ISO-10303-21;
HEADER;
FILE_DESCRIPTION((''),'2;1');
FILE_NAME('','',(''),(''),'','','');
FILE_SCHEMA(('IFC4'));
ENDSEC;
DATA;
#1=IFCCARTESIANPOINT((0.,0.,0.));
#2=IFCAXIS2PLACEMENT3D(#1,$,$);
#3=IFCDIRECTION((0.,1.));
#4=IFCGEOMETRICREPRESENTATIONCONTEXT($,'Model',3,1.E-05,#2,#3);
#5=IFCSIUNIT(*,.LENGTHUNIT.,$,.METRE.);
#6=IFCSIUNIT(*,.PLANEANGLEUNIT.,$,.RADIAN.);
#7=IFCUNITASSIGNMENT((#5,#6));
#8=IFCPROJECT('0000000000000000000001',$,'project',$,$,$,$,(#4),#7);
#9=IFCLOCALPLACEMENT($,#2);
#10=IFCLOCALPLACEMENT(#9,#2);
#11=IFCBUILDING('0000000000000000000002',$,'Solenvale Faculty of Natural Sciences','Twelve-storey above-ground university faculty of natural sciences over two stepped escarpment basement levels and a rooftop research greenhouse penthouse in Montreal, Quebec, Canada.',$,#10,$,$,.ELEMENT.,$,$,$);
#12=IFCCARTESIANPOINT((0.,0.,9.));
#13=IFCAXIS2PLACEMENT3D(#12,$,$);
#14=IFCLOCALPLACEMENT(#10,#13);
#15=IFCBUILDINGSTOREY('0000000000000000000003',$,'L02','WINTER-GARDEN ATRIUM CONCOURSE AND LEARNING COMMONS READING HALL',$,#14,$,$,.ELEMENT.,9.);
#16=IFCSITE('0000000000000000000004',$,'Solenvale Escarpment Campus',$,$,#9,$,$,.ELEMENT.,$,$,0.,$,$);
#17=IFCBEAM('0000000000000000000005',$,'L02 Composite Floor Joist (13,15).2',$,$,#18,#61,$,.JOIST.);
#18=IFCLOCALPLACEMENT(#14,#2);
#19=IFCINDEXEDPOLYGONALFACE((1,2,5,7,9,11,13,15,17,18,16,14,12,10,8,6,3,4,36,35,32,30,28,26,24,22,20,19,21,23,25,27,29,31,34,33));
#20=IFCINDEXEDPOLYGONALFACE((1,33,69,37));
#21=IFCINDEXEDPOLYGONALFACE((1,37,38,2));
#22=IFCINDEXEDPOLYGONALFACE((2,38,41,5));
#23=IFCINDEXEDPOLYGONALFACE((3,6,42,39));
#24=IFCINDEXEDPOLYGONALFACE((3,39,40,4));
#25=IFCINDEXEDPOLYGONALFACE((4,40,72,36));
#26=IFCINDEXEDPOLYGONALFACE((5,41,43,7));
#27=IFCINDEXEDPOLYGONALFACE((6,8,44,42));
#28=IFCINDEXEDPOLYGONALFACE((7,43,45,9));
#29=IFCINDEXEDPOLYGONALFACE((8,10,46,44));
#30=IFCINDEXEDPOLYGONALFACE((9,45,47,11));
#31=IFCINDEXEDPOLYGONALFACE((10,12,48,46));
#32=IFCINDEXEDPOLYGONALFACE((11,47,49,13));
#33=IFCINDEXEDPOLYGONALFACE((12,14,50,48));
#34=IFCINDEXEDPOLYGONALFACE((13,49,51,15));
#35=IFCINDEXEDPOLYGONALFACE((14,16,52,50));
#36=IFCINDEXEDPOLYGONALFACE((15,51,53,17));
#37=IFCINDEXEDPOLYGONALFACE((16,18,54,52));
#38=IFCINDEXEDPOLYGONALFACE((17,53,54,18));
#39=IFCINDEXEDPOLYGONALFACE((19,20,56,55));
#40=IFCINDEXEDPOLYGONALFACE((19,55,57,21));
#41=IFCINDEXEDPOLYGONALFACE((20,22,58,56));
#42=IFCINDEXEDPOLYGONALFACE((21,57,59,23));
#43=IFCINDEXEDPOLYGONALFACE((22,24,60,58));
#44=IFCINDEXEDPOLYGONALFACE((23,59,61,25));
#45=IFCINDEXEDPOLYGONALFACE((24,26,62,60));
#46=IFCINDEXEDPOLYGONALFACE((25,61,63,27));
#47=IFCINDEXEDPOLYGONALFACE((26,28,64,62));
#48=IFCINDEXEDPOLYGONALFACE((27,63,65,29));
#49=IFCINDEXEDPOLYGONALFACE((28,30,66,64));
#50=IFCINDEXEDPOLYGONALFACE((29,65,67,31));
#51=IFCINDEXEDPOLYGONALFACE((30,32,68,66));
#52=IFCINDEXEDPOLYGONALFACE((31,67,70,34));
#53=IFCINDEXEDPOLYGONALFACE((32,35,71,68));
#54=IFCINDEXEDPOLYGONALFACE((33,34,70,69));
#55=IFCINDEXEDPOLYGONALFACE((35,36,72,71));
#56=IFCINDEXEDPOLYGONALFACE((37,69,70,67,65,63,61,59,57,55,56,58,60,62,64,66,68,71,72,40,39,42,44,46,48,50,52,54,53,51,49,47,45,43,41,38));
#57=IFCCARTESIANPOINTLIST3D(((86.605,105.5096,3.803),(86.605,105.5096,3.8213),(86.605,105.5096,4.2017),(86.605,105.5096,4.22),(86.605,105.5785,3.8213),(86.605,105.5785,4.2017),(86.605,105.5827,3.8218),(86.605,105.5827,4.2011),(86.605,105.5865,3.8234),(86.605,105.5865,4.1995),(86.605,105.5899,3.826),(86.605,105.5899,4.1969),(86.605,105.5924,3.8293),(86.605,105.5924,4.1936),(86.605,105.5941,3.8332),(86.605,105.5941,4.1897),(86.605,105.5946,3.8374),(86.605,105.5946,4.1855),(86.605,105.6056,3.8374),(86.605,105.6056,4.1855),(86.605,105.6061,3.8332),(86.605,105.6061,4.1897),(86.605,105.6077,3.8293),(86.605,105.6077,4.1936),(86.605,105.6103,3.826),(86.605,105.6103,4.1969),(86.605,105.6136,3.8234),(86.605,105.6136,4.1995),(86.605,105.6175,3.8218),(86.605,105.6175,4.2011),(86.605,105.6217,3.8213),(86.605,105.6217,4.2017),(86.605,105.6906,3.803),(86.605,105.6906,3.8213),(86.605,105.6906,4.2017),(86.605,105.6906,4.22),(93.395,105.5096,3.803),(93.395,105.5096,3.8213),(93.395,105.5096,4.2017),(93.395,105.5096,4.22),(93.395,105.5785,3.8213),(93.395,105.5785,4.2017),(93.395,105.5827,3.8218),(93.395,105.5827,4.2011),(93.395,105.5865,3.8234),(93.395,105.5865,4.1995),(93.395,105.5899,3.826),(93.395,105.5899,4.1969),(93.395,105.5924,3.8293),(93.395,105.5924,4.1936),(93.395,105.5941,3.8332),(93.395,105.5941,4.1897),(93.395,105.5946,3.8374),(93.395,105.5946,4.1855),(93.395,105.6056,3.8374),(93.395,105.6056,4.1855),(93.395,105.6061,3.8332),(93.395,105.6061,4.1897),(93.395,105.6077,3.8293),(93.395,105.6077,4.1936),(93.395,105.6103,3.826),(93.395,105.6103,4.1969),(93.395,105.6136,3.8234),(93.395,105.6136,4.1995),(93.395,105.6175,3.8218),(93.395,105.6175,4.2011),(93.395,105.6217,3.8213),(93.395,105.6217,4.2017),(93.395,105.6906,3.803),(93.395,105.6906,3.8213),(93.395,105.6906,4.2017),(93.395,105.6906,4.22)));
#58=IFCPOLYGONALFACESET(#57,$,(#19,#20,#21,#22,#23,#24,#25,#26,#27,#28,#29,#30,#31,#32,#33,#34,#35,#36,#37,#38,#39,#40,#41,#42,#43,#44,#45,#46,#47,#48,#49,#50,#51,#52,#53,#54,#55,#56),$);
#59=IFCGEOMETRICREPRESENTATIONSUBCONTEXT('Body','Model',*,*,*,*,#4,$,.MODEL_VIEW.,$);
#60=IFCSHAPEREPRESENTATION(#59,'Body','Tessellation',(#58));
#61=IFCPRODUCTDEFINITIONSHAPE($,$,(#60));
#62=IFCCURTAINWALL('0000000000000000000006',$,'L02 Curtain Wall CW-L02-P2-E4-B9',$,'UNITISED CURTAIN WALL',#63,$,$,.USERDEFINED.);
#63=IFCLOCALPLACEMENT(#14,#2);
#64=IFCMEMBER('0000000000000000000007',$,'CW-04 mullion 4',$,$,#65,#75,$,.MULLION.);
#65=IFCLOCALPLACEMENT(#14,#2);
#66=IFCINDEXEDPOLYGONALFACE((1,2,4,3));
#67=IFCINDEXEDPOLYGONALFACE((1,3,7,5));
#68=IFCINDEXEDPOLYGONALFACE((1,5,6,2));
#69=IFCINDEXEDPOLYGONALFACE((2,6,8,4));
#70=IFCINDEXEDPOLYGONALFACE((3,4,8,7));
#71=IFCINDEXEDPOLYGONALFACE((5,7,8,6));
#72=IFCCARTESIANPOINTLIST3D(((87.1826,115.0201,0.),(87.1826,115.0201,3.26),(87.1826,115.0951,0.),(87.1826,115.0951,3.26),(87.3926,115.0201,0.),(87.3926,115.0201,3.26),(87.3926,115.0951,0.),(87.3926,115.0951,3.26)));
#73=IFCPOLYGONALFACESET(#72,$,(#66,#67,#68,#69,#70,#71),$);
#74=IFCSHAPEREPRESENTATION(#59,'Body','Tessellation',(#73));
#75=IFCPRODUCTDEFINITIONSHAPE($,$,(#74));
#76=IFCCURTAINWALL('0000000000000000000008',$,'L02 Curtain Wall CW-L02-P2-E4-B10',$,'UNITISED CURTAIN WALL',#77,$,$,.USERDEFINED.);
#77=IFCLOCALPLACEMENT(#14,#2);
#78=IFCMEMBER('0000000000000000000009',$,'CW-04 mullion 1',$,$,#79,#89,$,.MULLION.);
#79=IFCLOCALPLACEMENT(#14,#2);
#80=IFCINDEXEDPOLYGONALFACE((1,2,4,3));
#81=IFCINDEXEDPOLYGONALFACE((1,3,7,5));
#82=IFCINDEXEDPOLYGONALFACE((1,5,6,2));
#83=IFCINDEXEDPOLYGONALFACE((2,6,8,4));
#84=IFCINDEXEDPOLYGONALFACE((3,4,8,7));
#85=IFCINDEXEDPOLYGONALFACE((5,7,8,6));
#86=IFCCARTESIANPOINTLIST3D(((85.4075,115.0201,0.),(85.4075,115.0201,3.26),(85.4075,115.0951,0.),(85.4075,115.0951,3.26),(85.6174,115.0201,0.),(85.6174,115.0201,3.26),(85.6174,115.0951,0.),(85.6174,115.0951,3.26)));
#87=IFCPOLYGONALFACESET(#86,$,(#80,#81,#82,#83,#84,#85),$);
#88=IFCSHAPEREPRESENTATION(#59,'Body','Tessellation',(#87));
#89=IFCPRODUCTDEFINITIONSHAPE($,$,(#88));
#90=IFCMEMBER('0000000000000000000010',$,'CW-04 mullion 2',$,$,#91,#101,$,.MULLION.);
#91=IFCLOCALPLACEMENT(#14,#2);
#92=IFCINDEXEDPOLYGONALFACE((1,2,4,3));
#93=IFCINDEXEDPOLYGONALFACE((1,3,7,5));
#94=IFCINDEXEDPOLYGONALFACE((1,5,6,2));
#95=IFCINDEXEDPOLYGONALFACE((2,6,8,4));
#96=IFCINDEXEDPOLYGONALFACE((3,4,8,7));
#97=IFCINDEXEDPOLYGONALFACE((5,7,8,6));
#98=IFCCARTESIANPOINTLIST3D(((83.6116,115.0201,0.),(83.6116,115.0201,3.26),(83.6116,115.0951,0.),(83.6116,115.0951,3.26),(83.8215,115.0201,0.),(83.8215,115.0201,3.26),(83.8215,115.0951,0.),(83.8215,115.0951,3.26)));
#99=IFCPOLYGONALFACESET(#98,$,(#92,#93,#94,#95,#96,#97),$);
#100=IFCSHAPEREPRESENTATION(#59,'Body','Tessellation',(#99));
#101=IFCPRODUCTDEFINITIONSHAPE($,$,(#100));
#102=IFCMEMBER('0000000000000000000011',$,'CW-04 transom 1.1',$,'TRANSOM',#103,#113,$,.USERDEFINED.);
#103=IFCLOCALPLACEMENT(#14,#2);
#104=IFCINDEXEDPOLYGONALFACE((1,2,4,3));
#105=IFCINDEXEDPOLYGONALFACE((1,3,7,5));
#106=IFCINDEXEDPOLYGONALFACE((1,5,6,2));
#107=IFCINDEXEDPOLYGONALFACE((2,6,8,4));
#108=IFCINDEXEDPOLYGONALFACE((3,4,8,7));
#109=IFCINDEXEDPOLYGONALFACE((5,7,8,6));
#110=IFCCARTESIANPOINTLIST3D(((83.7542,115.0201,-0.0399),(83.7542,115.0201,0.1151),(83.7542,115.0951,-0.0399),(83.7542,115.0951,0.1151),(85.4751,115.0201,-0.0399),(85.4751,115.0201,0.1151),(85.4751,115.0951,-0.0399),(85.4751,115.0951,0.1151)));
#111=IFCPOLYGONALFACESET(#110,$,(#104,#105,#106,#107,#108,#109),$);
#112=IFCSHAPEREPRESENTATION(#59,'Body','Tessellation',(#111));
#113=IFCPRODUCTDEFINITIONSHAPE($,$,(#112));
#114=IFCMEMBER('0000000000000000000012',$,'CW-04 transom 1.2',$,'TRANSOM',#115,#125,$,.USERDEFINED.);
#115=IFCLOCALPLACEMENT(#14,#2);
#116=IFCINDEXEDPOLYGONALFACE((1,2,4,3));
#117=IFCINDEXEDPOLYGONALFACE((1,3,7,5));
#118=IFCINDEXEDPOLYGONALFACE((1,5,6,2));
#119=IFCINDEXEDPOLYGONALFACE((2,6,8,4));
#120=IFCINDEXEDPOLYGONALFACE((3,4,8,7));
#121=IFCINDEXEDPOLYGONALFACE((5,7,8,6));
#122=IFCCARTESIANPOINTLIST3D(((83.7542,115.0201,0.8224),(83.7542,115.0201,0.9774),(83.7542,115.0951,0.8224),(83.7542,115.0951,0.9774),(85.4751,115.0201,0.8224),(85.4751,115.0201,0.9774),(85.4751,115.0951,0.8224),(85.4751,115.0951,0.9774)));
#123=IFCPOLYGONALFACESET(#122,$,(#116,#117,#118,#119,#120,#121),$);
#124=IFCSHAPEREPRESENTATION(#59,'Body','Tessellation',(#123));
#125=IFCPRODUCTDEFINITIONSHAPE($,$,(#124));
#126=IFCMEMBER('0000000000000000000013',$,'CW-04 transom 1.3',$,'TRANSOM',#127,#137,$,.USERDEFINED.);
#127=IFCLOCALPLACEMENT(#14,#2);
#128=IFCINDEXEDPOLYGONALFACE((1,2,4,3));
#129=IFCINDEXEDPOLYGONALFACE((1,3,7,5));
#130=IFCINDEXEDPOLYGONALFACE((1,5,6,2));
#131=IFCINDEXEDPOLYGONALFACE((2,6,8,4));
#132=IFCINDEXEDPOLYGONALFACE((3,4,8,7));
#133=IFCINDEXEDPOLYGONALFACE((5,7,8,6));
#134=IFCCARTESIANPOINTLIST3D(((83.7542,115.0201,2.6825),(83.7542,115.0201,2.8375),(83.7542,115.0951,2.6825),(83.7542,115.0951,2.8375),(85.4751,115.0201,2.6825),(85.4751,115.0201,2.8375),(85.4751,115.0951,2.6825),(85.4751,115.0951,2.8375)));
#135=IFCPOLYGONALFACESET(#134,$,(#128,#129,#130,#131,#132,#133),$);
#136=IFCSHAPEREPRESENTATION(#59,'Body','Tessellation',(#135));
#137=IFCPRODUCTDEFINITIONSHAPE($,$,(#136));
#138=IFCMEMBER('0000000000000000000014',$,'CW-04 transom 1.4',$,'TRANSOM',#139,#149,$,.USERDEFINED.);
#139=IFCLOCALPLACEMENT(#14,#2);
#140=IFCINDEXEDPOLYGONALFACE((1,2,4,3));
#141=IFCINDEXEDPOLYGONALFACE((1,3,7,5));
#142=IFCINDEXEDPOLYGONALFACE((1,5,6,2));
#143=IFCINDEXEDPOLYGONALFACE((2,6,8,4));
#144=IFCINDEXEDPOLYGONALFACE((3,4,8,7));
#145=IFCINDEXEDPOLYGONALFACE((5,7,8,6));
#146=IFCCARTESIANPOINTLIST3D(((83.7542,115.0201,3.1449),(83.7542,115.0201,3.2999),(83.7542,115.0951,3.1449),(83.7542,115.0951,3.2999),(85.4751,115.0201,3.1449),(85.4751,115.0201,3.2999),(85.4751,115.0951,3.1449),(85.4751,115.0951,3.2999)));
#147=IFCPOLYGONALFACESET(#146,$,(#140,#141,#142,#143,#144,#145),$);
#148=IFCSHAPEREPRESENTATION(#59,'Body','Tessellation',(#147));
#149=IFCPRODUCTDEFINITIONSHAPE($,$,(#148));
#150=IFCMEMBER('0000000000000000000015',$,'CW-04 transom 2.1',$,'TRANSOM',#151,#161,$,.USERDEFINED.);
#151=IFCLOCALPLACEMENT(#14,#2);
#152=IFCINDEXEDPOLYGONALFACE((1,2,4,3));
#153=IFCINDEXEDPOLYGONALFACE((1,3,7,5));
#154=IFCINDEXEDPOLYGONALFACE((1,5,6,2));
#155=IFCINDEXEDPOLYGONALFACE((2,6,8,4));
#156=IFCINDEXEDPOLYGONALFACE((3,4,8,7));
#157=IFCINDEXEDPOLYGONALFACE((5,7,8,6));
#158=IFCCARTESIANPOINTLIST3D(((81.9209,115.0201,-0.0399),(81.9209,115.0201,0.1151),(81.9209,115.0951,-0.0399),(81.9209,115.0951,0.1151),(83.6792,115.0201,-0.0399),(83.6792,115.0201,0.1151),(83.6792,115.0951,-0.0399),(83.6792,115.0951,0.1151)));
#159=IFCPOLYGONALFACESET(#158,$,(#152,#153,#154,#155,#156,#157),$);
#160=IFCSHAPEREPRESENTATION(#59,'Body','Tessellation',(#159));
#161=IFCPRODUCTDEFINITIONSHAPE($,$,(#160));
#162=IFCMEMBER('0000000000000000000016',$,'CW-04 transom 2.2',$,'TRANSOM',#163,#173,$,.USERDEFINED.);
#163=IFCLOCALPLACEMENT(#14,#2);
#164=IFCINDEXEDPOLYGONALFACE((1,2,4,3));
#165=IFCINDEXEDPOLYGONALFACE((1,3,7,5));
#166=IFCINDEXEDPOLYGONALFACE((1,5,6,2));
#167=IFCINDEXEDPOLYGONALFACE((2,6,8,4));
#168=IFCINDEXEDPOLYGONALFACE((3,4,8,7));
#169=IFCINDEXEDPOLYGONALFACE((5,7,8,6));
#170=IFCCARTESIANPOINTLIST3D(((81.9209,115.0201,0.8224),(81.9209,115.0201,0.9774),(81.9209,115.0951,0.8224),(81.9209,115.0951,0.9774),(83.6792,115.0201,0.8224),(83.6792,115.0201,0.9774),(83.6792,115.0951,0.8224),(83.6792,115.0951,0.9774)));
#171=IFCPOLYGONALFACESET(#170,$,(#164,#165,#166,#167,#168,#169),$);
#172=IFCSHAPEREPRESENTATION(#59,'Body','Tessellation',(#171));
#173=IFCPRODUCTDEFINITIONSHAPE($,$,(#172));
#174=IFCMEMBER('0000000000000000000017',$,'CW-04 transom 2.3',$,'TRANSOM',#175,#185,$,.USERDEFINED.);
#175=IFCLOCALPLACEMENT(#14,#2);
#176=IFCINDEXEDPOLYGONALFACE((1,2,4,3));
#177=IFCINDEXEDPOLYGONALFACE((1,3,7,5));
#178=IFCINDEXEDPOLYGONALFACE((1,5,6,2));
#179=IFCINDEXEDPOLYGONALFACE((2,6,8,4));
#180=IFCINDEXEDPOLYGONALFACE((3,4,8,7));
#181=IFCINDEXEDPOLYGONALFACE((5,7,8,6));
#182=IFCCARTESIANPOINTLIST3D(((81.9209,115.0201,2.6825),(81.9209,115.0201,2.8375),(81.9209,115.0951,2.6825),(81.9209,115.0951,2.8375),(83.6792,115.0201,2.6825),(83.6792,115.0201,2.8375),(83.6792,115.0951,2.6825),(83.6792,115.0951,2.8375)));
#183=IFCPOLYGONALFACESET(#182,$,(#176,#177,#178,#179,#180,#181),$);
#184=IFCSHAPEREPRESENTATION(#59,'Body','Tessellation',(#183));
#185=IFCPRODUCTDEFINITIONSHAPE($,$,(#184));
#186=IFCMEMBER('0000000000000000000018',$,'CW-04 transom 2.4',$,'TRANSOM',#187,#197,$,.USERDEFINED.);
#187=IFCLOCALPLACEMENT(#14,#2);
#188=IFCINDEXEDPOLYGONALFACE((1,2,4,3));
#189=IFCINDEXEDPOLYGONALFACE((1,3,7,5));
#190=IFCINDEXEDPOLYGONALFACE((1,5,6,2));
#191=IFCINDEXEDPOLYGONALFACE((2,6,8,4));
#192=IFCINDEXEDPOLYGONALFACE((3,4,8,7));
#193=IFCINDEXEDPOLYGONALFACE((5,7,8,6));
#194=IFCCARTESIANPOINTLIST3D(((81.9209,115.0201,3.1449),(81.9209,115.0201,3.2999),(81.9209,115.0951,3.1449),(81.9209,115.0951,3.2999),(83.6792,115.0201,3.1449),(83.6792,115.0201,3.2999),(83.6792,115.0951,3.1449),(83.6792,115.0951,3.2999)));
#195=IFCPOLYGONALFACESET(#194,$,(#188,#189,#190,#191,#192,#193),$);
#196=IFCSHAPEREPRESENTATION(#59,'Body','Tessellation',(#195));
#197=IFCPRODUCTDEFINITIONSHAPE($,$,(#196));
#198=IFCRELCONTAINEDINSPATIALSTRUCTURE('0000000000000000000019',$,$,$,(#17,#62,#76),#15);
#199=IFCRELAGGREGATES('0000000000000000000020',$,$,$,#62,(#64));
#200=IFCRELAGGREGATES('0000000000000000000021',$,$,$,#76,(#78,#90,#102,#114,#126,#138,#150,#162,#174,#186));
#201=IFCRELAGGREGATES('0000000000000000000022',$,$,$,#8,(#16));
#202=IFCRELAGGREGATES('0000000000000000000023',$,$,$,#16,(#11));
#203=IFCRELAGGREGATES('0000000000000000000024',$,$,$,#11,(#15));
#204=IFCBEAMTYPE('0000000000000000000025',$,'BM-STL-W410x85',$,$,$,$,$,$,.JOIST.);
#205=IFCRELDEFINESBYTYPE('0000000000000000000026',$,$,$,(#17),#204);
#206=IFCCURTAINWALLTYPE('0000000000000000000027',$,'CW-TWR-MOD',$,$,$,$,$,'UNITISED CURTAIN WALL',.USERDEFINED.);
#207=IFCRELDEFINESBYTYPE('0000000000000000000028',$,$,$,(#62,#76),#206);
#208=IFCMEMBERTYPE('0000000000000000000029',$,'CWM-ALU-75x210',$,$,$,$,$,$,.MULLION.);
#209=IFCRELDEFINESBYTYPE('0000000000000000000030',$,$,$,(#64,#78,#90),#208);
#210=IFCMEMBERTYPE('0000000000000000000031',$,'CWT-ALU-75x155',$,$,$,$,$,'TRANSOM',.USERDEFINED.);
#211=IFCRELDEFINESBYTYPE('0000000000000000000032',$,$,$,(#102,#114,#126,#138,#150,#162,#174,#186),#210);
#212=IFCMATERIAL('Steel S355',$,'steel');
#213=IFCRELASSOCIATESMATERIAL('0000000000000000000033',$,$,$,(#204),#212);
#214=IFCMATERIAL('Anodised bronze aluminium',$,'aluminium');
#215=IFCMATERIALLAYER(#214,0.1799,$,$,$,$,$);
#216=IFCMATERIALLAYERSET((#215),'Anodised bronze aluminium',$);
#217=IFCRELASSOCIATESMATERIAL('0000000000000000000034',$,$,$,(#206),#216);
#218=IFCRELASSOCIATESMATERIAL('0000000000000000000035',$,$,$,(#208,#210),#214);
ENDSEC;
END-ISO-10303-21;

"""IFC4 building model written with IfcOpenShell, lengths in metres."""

from ifc_helpers import new_model, si_unit, direction, frame, origin, origin_2d, place, context, subcontext, project, spatial, rectangle, i_section, extrude, material, layer, layer_set, material_profile, profile_set, type_object, element, aggregate, save


model = new_model("IFC4")

# Units and contexts
model_context = context("Model", 3, precision=1e-05, world=origin(), true_north=direction((0.0, 1.0)))
body_context = subcontext(model_context, "Body", "Model", "MODEL_VIEW")
ifc_project = project(units=[si_unit("LENGTHUNIT", "METRE"), si_unit("PLANEANGLEUNIT", "RADIAN")], contexts=[model_context])

# Site, building, storey
site_placement = place(None, origin())
site = spatial("IfcSite", under=ifc_project, at=site_placement, Name="Solenvale Escarpment Campus", CompositionType="ELEMENT", RefElevation=0.0)
building_placement = place(site_placement, origin())
building = spatial("IfcBuilding", under=site, at=building_placement, Name="Solenvale Faculty of Natural Sciences", Description="Twelve-storey above-ground university faculty of natural sciences over two stepped escarpment basement levels and a rooftop research greenhouse penthouse in Montreal, Quebec, Canada.", CompositionType="ELEMENT")
storey_placement = place(building_placement, frame((0.0, 0.0, 9.0)))
storey = spatial("IfcBuildingStorey", under=building, at=storey_placement, Name="L02", Description="WINTER-GARDEN ATRIUM CONCOURSE AND LEARNING COMMONS READING HALL", CompositionType="ELEMENT", Elevation=9.0)

# Beam
ifc_material_1 = material(Name="Steel S355", Category="steel")
ifc_material_profile_1 = material_profile(ifc_material_1, i_section(OverallWidth=0.1809, OverallDepth=0.417, WebThickness=0.011, FlangeThickness=0.0183, FilletRadius=0.0161, at=origin_2d()), Name="W410x85")
ifc_profile_set_1 = profile_set([ifc_material_profile_1], Name="Steel S355")
beam_type_1 = type_object("IfcBeamType", Name="BM-STL-W410x85", PredefinedType="JOIST", material=ifc_profile_set_1)
beam_1_placement = place(storey_placement, frame((86.605, 105.6001, 4.0115), z_axis=(1.0, 0.0, 0.0), x_axis=(0.0, 1.0, 0.0)))
element("IfcBeam", 1, at=beam_1_placement, inside=storey, type_object=beam_type_1, Name="L02 Composite Floor Joist (13,15).2", PredefinedType="JOIST", context=body_context, shape_type="SweptSolid", body=[
    extrude(i_section(OverallWidth=0.1809, OverallDepth=0.417, WebThickness=0.011, FlangeThickness=0.0183, FilletRadius=0.0161, at=origin_2d()), origin(), (0.0, 0.0, 1.0), 6.79),
])

# Curtain wall, member
ifc_material_2 = material(Name="Anodised bronze aluminium", Category="aluminium")
ifc_layer_1 = layer(ifc_material_2, 0.1799)
ifc_layer_set_1 = layer_set([ifc_layer_1], Name="Anodised bronze aluminium")
curtain_wall_type = type_object("IfcCurtainWallType", Name="CW-TWR-MOD", ElementType="UNITISED CURTAIN WALL", PredefinedType="USERDEFINED", material=ifc_layer_set_1)
curtain_wall_1_placement = place(storey_placement, origin())
curtain_wall_1 = element("IfcCurtainWall", 2, at=curtain_wall_1_placement, inside=storey, type_object=curtain_wall_type, Name="L02 Curtain Wall CW-L02-P2-E4-B9", ObjectType="UNITISED CURTAIN WALL", PredefinedType="USERDEFINED")
ifc_material_profile_2 = material_profile(ifc_material_2, rectangle(XDim=0.075, YDim=0.21, at=origin_2d()), Name="ALU-MUL-75x210")
ifc_profile_set_2 = profile_set([ifc_material_profile_2], Name="Anodised bronze aluminium")
member_type_1 = type_object("IfcMemberType", Name="CWM-ALU-75x210", PredefinedType="MULLION", material=ifc_profile_set_2)
member_1_placement = place(storey_placement, frame((87.2876, 115.0576, 0.0), z_axis=(0.0, 0.0, 1.0), x_axis=(0.0, -1.0, 0.0)))
member_1 = element("IfcMember", 3, at=member_1_placement, type_object=member_type_1, Name="CW-04 mullion 4", PredefinedType="MULLION", context=body_context, shape_type="SweptSolid", body=[
    extrude(rectangle(XDim=0.075, YDim=0.21, at=origin_2d()), origin(), (0.0, 0.0, 1.0), 3.26),
])
aggregate(curtain_wall_1, [member_1])

# Curtain wall, members
curtain_wall_2_placement = place(storey_placement, origin())
curtain_wall_2 = element("IfcCurtainWall", 4, at=curtain_wall_2_placement, inside=storey, type_object=curtain_wall_type, Name="L02 Curtain Wall CW-L02-P2-E4-B10", ObjectType="UNITISED CURTAIN WALL", PredefinedType="USERDEFINED")
member_2_placement = place(storey_placement, frame((85.5125, 115.0576, 0.0), z_axis=(0.0, 0.0, 1.0), x_axis=(0.0, -1.0, 0.0)))
member_2 = element("IfcMember", 5, at=member_2_placement, type_object=member_type_1, Name="CW-04 mullion 1", PredefinedType="MULLION", context=body_context, shape_type="SweptSolid", body=[
    extrude(rectangle(XDim=0.075, YDim=0.21, at=origin_2d()), origin(), (0.0, 0.0, 1.0), 3.26),
])
member_3_placement = place(storey_placement, frame((83.7166, 115.0576, 0.0), z_axis=(0.0, 0.0, 1.0), x_axis=(0.0, -1.0, 0.0)))
member_3 = element("IfcMember", 6, at=member_3_placement, type_object=member_type_1, Name="CW-04 mullion 2", PredefinedType="MULLION", context=body_context, shape_type="SweptSolid", body=[
    extrude(rectangle(XDim=0.075, YDim=0.21, at=origin_2d()), origin(), (0.0, 0.0, 1.0), 3.26),
])
ifc_material_profile_3 = material_profile(ifc_material_2, rectangle(XDim=0.075, YDim=0.155, at=origin_2d()), Name="ALU-TRN-75x155")
ifc_profile_set_3 = profile_set([ifc_material_profile_3], Name="Anodised bronze aluminium")
member_type_2 = type_object("IfcMemberType", Name="CWT-ALU-75x155", ElementType="TRANSOM", PredefinedType="USERDEFINED", material=ifc_profile_set_3)
member_4_placement = place(storey_placement, frame((85.4751, 115.0576, 0.0376), z_axis=(-1.0, 0.0, 0.0), x_axis=(0.0, -1.0, 0.0)))
member_4 = element("IfcMember", 7, at=member_4_placement, type_object=member_type_2, Name="CW-04 transom 1.1", ObjectType="TRANSOM", PredefinedType="USERDEFINED", context=body_context, shape_type="SweptSolid", body=[
    extrude(rectangle(XDim=0.075, YDim=0.155, at=origin_2d()), origin(), (0.0, 0.0, 1.0), 1.7209),
])
member_5_placement = place(storey_placement, frame((85.4751, 115.0576, 0.8999), z_axis=(-1.0, 0.0, 0.0), x_axis=(0.0, -1.0, 0.0)))
member_5 = element("IfcMember", 8, at=member_5_placement, type_object=member_type_2, Name="CW-04 transom 1.2", ObjectType="TRANSOM", PredefinedType="USERDEFINED", context=body_context, shape_type="SweptSolid", body=[
    extrude(rectangle(XDim=0.075, YDim=0.155, at=origin_2d()), origin(), (0.0, 0.0, 1.0), 1.7209),
])
member_6_placement = place(storey_placement, frame((85.4751, 115.0576, 2.76), z_axis=(-1.0, 0.0, 0.0), x_axis=(0.0, -1.0, 0.0)))
member_6 = element("IfcMember", 9, at=member_6_placement, type_object=member_type_2, Name="CW-04 transom 1.3", ObjectType="TRANSOM", PredefinedType="USERDEFINED", context=body_context, shape_type="SweptSolid", body=[
    extrude(rectangle(XDim=0.075, YDim=0.155, at=origin_2d()), origin(), (0.0, 0.0, 1.0), 1.7209),
])
member_7_placement = place(storey_placement, frame((85.4751, 115.0576, 3.2224), z_axis=(-1.0, 0.0, 0.0), x_axis=(0.0, -1.0, 0.0)))
member_7 = element("IfcMember", 10, at=member_7_placement, type_object=member_type_2, Name="CW-04 transom 1.4", ObjectType="TRANSOM", PredefinedType="USERDEFINED", context=body_context, shape_type="SweptSolid", body=[
    extrude(rectangle(XDim=0.075, YDim=0.155, at=origin_2d()), origin(), (0.0, 0.0, 1.0), 1.7209),
])
member_8_placement = place(storey_placement, frame((83.6792, 115.0576, 0.0376), z_axis=(-1.0, 0.0, 0.0), x_axis=(0.0, -1.0, 0.0)))
member_8 = element("IfcMember", 11, at=member_8_placement, type_object=member_type_2, Name="CW-04 transom 2.1", ObjectType="TRANSOM", PredefinedType="USERDEFINED", context=body_context, shape_type="SweptSolid", body=[
    extrude(rectangle(XDim=0.075, YDim=0.155, at=origin_2d()), origin(), (0.0, 0.0, 1.0), 1.7583),
])
member_9_placement = place(storey_placement, frame((83.6792, 115.0576, 0.8999), z_axis=(-1.0, 0.0, 0.0), x_axis=(0.0, -1.0, 0.0)))
member_9 = element("IfcMember", 12, at=member_9_placement, type_object=member_type_2, Name="CW-04 transom 2.2", ObjectType="TRANSOM", PredefinedType="USERDEFINED", context=body_context, shape_type="SweptSolid", body=[
    extrude(rectangle(XDim=0.075, YDim=0.155, at=origin_2d()), origin(), (0.0, 0.0, 1.0), 1.7583),
])
member_10_placement = place(storey_placement, frame((83.6792, 115.0576, 2.76), z_axis=(-1.0, 0.0, 0.0), x_axis=(0.0, -1.0, 0.0)))
member_10 = element("IfcMember", 13, at=member_10_placement, type_object=member_type_2, Name="CW-04 transom 2.3", ObjectType="TRANSOM", PredefinedType="USERDEFINED", context=body_context, shape_type="SweptSolid", body=[
    extrude(rectangle(XDim=0.075, YDim=0.155, at=origin_2d()), origin(), (0.0, 0.0, 1.0), 1.7583),
])
member_11_placement = place(storey_placement, frame((83.6792, 115.0576, 3.2224), z_axis=(-1.0, 0.0, 0.0), x_axis=(0.0, -1.0, 0.0)))
member_11 = element("IfcMember", 14, at=member_11_placement, type_object=member_type_2, Name="CW-04 transom 2.4", ObjectType="TRANSOM", PredefinedType="USERDEFINED", context=body_context, shape_type="SweptSolid", body=[
    extrude(rectangle(XDim=0.075, YDim=0.155, at=origin_2d()), origin(), (0.0, 0.0, 1.0), 1.7583),
])
aggregate(curtain_wall_2, [member_2, member_3, member_4, member_5, member_6, member_7, member_8, member_9, member_10, member_11])

save(model, "model.ifc")
